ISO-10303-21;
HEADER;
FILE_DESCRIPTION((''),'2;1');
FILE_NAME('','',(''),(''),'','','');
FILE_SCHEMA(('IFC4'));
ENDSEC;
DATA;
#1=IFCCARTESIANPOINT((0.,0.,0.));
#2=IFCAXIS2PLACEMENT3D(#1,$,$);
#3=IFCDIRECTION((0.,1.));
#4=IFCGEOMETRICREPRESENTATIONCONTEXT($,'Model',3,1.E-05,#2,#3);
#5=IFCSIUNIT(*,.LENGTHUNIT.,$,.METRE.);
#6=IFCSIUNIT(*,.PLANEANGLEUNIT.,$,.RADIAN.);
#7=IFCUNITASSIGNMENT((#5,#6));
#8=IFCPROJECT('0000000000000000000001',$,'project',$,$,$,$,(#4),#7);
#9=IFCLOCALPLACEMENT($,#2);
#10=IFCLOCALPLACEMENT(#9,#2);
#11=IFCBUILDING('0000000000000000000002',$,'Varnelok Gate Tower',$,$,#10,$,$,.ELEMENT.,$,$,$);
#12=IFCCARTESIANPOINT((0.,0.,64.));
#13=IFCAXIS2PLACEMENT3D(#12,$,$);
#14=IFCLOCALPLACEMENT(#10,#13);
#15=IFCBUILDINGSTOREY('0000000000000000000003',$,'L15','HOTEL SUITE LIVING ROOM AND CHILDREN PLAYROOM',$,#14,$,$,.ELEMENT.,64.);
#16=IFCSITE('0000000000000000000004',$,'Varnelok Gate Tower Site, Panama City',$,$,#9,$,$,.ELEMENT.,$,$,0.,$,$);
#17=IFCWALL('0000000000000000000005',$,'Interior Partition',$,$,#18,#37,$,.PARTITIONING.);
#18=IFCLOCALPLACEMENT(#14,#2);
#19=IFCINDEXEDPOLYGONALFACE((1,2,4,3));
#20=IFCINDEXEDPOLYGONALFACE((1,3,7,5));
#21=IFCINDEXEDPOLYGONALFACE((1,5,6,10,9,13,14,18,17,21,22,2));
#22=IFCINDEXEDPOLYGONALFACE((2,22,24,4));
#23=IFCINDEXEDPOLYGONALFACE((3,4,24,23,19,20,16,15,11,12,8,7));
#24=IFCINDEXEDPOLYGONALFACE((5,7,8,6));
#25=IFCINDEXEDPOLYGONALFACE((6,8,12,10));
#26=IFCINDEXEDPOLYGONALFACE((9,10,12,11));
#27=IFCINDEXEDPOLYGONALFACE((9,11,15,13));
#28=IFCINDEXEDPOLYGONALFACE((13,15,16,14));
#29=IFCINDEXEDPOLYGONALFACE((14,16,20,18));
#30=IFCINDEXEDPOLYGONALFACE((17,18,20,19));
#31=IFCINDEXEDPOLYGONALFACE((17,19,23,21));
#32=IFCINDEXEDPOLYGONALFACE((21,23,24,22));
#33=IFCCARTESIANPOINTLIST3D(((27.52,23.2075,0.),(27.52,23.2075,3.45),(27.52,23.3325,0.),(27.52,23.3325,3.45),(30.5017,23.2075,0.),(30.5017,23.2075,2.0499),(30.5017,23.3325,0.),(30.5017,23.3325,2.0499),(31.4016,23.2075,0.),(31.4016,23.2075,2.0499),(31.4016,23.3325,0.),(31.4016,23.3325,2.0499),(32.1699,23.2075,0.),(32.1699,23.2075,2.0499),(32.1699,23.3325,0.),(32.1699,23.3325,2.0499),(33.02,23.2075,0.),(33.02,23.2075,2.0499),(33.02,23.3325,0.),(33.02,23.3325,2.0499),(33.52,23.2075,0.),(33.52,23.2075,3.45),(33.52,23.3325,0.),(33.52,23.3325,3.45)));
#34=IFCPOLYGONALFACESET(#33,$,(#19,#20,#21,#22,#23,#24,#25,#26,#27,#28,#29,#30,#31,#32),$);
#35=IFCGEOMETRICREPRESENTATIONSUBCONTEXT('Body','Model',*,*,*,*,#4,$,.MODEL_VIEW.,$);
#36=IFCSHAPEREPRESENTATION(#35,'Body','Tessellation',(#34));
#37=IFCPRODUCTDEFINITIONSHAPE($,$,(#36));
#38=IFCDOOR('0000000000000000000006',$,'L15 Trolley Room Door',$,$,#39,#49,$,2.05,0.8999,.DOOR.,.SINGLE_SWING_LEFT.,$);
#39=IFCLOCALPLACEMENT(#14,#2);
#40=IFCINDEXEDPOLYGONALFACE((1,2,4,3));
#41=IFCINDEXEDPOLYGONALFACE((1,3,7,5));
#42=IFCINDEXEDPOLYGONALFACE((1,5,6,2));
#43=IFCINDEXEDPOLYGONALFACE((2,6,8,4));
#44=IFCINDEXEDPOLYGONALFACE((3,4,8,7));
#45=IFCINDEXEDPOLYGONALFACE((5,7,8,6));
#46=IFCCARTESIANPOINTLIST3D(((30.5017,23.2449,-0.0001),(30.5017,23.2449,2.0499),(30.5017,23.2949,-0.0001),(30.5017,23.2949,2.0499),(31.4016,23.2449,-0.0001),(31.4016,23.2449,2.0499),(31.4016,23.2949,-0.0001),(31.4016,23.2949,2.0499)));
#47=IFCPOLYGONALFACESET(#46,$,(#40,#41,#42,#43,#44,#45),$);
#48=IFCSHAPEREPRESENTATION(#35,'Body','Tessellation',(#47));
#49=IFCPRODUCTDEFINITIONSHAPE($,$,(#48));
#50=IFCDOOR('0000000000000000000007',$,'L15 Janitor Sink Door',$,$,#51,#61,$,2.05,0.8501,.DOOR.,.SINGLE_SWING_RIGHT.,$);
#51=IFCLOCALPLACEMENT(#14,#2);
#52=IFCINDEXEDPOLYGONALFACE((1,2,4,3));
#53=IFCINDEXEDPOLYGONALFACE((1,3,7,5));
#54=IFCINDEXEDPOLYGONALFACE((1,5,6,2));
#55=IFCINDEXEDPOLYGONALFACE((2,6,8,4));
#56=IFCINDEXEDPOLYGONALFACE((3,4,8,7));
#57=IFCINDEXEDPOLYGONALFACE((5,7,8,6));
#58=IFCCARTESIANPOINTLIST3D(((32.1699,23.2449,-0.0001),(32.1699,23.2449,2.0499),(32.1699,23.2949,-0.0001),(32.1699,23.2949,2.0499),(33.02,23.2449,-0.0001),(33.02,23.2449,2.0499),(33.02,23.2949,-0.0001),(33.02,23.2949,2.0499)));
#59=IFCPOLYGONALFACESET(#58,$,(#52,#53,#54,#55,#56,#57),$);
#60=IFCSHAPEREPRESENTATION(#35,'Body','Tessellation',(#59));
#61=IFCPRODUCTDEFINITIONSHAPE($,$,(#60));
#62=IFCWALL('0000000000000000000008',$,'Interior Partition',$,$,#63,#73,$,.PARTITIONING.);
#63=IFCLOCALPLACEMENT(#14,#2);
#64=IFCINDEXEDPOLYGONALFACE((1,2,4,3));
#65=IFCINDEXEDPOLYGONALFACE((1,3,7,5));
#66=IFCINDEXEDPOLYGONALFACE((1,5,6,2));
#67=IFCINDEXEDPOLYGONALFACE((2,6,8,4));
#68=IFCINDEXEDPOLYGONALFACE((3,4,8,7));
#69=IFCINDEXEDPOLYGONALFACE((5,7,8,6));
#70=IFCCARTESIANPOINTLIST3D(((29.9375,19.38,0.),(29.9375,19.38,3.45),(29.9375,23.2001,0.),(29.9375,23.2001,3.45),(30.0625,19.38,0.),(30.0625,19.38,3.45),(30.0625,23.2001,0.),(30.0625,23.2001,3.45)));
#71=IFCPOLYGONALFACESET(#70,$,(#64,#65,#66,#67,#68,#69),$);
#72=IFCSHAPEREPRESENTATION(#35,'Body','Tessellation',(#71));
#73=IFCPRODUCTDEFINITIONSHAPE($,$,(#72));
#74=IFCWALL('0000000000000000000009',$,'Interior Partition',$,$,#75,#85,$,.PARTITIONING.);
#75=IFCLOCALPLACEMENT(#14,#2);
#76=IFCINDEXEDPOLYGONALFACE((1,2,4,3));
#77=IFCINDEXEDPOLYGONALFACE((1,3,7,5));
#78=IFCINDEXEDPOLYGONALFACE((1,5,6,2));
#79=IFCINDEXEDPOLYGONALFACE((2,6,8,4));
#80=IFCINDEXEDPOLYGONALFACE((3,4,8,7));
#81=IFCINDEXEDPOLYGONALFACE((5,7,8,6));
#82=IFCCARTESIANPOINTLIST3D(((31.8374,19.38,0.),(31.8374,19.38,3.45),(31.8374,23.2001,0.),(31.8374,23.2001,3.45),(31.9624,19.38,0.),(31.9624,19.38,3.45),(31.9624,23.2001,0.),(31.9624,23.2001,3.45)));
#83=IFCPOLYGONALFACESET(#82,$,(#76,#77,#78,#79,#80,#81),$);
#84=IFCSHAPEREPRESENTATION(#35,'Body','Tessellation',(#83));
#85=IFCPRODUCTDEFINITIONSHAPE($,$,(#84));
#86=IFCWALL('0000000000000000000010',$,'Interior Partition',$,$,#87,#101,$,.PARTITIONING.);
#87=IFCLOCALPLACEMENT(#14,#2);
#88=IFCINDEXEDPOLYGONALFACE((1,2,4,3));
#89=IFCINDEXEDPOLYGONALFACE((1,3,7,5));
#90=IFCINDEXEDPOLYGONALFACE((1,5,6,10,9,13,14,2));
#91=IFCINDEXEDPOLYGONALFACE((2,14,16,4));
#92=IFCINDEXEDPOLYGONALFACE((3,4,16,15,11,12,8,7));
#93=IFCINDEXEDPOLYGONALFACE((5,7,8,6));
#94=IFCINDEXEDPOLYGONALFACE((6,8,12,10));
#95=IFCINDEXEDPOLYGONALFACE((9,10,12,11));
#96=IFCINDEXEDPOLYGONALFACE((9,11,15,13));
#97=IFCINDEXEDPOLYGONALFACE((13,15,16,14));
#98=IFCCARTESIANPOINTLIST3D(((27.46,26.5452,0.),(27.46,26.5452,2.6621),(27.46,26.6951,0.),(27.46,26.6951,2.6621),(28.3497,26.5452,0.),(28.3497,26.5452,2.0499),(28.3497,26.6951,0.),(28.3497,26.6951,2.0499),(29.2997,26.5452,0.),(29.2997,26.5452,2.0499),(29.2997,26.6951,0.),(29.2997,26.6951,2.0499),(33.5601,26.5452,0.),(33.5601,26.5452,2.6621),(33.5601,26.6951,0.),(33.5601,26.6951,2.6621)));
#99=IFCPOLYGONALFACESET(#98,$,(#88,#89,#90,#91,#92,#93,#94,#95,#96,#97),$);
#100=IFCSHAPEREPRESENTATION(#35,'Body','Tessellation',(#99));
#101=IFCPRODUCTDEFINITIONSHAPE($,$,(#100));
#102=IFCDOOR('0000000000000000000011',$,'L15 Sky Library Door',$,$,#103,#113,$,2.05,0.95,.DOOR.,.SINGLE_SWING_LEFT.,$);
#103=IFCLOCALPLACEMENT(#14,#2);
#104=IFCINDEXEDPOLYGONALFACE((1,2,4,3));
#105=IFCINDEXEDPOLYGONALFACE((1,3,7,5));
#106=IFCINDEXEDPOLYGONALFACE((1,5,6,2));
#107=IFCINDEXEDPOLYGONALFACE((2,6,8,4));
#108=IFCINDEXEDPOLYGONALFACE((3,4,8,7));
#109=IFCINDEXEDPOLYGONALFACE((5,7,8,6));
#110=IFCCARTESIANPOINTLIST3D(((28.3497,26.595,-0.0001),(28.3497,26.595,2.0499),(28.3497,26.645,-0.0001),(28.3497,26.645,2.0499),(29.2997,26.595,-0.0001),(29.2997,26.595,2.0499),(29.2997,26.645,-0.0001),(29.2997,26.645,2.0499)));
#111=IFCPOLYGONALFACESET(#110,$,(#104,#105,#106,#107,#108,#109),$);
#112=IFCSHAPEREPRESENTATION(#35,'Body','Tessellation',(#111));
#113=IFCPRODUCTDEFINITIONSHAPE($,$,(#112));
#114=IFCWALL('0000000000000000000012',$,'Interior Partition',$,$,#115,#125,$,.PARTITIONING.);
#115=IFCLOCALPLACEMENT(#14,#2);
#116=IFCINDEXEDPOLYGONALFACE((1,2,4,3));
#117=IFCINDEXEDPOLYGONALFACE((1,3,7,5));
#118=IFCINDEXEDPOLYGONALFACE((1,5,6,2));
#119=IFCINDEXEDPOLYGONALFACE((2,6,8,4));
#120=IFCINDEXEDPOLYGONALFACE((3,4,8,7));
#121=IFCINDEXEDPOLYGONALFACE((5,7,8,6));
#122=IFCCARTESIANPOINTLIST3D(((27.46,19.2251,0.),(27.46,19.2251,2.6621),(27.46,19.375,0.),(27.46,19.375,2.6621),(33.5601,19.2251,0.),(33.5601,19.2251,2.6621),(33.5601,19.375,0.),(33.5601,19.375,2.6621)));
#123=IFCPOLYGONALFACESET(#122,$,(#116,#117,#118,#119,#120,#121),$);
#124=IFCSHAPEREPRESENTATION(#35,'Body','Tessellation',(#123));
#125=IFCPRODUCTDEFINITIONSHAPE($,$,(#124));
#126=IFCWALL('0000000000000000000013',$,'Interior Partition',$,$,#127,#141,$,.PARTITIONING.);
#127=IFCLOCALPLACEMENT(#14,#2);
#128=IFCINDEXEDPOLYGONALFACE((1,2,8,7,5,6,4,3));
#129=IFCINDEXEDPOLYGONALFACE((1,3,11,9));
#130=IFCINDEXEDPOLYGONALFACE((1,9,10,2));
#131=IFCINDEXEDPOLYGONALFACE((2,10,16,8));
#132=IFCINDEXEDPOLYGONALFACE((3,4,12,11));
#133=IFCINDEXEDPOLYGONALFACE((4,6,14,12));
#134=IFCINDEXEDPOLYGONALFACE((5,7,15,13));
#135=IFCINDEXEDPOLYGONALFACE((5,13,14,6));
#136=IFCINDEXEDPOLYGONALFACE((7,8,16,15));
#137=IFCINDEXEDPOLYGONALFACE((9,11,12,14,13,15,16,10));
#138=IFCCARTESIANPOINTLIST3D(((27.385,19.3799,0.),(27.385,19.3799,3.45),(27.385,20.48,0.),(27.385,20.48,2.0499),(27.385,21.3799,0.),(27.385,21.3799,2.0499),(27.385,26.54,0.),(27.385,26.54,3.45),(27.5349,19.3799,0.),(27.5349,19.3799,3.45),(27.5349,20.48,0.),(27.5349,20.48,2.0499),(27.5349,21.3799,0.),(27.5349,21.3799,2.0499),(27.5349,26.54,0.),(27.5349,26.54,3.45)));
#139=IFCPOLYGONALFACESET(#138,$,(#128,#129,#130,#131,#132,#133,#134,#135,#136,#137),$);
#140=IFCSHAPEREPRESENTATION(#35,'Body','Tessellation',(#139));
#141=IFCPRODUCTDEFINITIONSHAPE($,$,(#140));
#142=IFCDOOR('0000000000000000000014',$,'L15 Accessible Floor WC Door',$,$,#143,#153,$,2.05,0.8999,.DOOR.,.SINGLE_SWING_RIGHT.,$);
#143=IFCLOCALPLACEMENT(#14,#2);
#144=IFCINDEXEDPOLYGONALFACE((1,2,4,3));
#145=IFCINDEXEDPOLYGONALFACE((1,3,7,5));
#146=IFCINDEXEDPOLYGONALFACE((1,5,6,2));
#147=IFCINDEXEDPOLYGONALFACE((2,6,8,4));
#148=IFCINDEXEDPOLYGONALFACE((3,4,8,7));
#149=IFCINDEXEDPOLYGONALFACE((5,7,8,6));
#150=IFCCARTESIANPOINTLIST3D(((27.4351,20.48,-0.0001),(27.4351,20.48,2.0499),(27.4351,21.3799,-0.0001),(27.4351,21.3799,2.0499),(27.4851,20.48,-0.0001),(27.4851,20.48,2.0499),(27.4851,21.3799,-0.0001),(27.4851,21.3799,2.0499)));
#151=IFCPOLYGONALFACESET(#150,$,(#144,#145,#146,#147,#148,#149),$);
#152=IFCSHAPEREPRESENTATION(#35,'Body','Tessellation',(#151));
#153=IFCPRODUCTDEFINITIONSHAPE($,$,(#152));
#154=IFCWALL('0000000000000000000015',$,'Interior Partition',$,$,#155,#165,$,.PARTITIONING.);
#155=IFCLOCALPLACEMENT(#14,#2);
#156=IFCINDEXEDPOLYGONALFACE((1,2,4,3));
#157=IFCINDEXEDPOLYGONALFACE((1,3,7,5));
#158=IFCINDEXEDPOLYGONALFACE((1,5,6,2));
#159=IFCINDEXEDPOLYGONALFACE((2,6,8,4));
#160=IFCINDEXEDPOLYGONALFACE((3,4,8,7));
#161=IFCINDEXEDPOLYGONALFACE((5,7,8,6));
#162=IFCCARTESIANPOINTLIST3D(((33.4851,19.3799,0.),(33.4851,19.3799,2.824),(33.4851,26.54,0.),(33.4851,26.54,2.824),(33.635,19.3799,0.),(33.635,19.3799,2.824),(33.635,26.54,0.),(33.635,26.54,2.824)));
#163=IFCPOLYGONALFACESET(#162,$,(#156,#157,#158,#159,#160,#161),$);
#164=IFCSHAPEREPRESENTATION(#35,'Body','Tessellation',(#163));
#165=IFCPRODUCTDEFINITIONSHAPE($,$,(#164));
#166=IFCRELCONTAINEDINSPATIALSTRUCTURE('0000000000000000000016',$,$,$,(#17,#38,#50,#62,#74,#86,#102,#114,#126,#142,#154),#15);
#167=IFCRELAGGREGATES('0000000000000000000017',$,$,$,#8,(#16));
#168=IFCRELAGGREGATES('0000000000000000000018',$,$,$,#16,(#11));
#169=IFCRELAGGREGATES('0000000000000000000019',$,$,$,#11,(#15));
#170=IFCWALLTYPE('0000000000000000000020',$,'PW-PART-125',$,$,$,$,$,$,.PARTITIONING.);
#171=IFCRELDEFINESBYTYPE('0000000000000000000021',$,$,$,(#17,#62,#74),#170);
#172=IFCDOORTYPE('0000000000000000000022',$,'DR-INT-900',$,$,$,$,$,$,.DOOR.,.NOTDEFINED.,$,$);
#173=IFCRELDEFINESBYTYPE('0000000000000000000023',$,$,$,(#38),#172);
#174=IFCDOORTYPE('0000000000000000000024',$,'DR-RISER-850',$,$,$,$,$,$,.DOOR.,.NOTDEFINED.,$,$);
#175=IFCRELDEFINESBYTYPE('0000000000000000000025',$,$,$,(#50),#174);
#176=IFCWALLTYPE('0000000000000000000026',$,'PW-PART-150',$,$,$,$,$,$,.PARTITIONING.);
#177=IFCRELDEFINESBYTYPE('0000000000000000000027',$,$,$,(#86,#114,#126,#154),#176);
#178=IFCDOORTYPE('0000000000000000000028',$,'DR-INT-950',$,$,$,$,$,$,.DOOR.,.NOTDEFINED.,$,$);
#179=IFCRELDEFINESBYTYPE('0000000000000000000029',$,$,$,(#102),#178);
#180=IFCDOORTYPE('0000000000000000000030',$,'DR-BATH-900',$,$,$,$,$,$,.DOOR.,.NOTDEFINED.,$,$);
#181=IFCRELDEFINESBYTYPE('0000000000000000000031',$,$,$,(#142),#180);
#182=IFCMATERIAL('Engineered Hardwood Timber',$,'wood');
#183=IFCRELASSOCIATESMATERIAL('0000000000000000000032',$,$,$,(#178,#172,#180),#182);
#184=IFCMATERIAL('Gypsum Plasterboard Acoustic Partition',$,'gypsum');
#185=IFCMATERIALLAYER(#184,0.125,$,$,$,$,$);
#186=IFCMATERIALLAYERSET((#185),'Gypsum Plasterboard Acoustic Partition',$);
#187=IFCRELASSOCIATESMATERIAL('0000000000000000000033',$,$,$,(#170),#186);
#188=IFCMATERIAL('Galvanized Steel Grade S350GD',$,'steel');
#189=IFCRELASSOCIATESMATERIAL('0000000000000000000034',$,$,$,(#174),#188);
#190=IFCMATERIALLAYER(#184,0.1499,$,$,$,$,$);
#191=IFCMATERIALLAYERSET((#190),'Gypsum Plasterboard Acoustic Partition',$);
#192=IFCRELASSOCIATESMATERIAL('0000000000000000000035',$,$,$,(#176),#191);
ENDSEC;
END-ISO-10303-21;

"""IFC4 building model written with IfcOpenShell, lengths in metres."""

from ifc_helpers import new_model, si_unit, direction, frame, frame_2d, origin, place, context, subcontext, project, spatial, rectangle, extrude, material, layer, layer_set, type_object, element, fill, save


model = new_model("IFC4")

# Units and contexts
model_context = context("Model", 3, precision=1e-05, world=origin(), true_north=direction((0.0, 1.0)))
body_context = subcontext(model_context, "Body", "Model", "MODEL_VIEW")
ifc_project = project(units=[si_unit("LENGTHUNIT", "METRE"), si_unit("PLANEANGLEUNIT", "RADIAN")], contexts=[model_context])

# Site, building, storey
site_placement = place(None, origin())
site = spatial("IfcSite", under=ifc_project, at=site_placement, Name="Varnelok Gate Tower Site, Panama City", CompositionType="ELEMENT", RefElevation=0.0)
building_placement = place(site_placement, origin())
building = spatial("IfcBuilding", under=site, at=building_placement, Name="Varnelok Gate Tower", CompositionType="ELEMENT")
storey_placement = place(building_placement, frame((0.0, 0.0, 64.0)))
storey = spatial("IfcBuildingStorey", under=building, at=storey_placement, Name="L15", Description="HOTEL SUITE LIVING ROOM AND CHILDREN PLAYROOM", CompositionType="ELEMENT", Elevation=64.0)

# Shared definitions
ifc_material_1 = material(Name="Gypsum Plasterboard Acoustic Partition", Category="gypsum")
ifc_material_2 = material(Name="Engineered Hardwood Timber", Category="wood")
door_type_1 = type_object("IfcDoorType", Name="DR-INT-950", OperationType="NOTDEFINED", PredefinedType="DOOR", material=ifc_material_2)

# Wall, openings, doors
ifc_layer_1 = layer(ifc_material_1, 0.125)
ifc_layer_set_1 = layer_set([ifc_layer_1], Name="Gypsum Plasterboard Acoustic Partition")
wall_type_1 = type_object("IfcWallType", Name="PW-PART-125", PredefinedType="PARTITIONING", material=ifc_layer_set_1)
wall_1_placement = place(storey_placement, frame((27.52, 23.27, 0.0), z_axis=(0.0, 0.0, 1.0), x_axis=(1.0, 0.0, 0.0)))
wall_1 = element("IfcWall", 1, at=wall_1_placement, inside=storey, type_object=wall_type_1, Name="Interior Partition", PredefinedType="PARTITIONING", context=body_context, shape_type="SweptSolid", body=[
    extrude(rectangle(XDim=6.0, YDim=0.125, at=frame_2d((3.0, 0.0))), origin(), (0.0, 0.0, 1.0), 3.45),
])
opening_1_placement = place(wall_1_placement, frame((2.9817, 0.0, 0.0)))
opening_1 = element("IfcOpeningElement", 2, at=opening_1_placement, cuts=wall_1, PredefinedType="OPENING", context=body_context, shape_type="SweptSolid", body=[
    extrude(rectangle(XDim=0.8999, YDim=2.05, at=frame_2d((0.45, 1.0249))), frame((0.0, 0.0725, 0.0), z_axis=(0.0, -1.0, 0.0), x_axis=(1.0, 0.0, 0.0)), (0.0, 0.0, 1.0), 0.145),
])
opening_2_placement = place(wall_1_placement, frame((4.6499, 0.0, 0.0)))
opening_2 = element("IfcOpeningElement", 3, at=opening_2_placement, cuts=wall_1, PredefinedType="OPENING", context=body_context, shape_type="SweptSolid", body=[
    extrude(rectangle(XDim=0.8501, YDim=2.05, at=frame_2d((0.425, 1.0249))), frame((0.0, 0.0725, 0.0), z_axis=(0.0, -1.0, 0.0), x_axis=(1.0, 0.0, 0.0)), (0.0, 0.0, 1.0), 0.145),
])
door_type_2 = type_object("IfcDoorType", Name="DR-INT-900", OperationType="NOTDEFINED", PredefinedType="DOOR", material=ifc_material_2)
door_1_placement = place(opening_1_placement, origin())
door_1 = element("IfcDoor", 4, at=door_1_placement, inside=storey, type_object=door_type_2, Name="L15 Trolley Room Door", OperationType="SINGLE_SWING_LEFT", OverallHeight=2.05, OverallWidth=0.8999, PredefinedType="DOOR", context=body_context, shape_type="SweptSolid", body=[
    extrude(rectangle(XDim=0.8999, YDim=2.05, at=frame_2d((0.45, 1.0249))), frame((0.0, 0.0249, 0.0), z_axis=(0.0, -1.0, 0.0), x_axis=(1.0, 0.0, 0.0)), (0.0, 0.0, 1.0), 0.05),
])
fill(opening_1, door_1)
ifc_material_3 = material(Name="Galvanized Steel Grade S350GD", Category="steel")
door_type_3 = type_object("IfcDoorType", Name="DR-RISER-850", OperationType="NOTDEFINED", PredefinedType="DOOR", material=ifc_material_3)
door_2_placement = place(opening_2_placement, origin())
door_2 = element("IfcDoor", 5, at=door_2_placement, inside=storey, type_object=door_type_3, Name="L15 Janitor Sink Door", OperationType="SINGLE_SWING_RIGHT", OverallHeight=2.05, OverallWidth=0.8501, PredefinedType="DOOR", context=body_context, shape_type="SweptSolid", body=[
    extrude(rectangle(XDim=0.8501, YDim=2.05, at=frame_2d((0.425, 1.0249))), frame((0.0, 0.0249, 0.0), z_axis=(0.0, -1.0, 0.0), x_axis=(1.0, 0.0, 0.0)), (0.0, 0.0, 1.0), 0.05),
])
fill(opening_2, door_2)

# Walls
for number, where, z_axis, x_axis, name in (
    (6, (30.0, 19.3799, 0.0), (0.0, 0.0, 1.0), (0.0, 1.0, 0.0), "Interior Partition"),
    (7, (31.8999, 19.3799, 0.0), (0.0, 0.0, 1.0), (0.0, 1.0, 0.0), "Interior Partition"),
):
    element("IfcWall", number, at=place(storey_placement, frame(where, z_axis=z_axis, x_axis=x_axis)), inside=storey, type_object=wall_type_1, Name=name, PredefinedType="PARTITIONING", context=body_context, shape_type="SweptSolid", body=[
        extrude(rectangle(XDim=3.8201, YDim=0.125, at=frame_2d((1.9102, 0.0))), origin(), (0.0, 0.0, 1.0), 3.45),
    ])

# Wall, opening, door
ifc_layer_2 = layer(ifc_material_1, 0.1499)
ifc_layer_set_2 = layer_set([ifc_layer_2], Name="Gypsum Plasterboard Acoustic Partition")
wall_type_2 = type_object("IfcWallType", Name="PW-PART-150", PredefinedType="PARTITIONING", material=ifc_layer_set_2)
wall_2_placement = place(storey_placement, frame((27.46, 26.6201, 0.0), z_axis=(0.0, 0.0, 1.0), x_axis=(1.0, 0.0, 0.0)))
wall_2 = element("IfcWall", 8, at=wall_2_placement, inside=storey, type_object=wall_type_2, Name="Interior Partition", PredefinedType="PARTITIONING", context=body_context, shape_type="SweptSolid", body=[
    extrude(rectangle(XDim=6.1001, YDim=0.1499, at=frame_2d((3.05, 0.0))), origin(), (0.0, 0.0, 1.0), 2.6621),
])
opening_3_placement = place(wall_2_placement, frame((0.8896, 0.0, 0.0)))
opening_3 = element("IfcOpeningElement", 9, at=opening_3_placement, cuts=wall_2, PredefinedType="OPENING", context=body_context, shape_type="SweptSolid", body=[
    extrude(rectangle(XDim=0.95, YDim=2.05, at=frame_2d((0.4751, 1.0249))), frame((0.0, 0.085, 0.0), z_axis=(0.0, -1.0, 0.0), x_axis=(1.0, 0.0, 0.0)), (0.0, 0.0, 1.0), 0.1699),
])
door_3_placement = place(opening_3_placement, origin())
door_3 = element("IfcDoor", 10, at=door_3_placement, inside=storey, type_object=door_type_1, Name="L15 Sky Library Door", OperationType="SINGLE_SWING_LEFT", OverallHeight=2.05, OverallWidth=0.95, PredefinedType="DOOR", context=body_context, shape_type="SweptSolid", body=[
    extrude(rectangle(XDim=0.95, YDim=2.05, at=frame_2d((0.4751, 1.0249))), frame((0.0, 0.0249, 0.0), z_axis=(0.0, -1.0, 0.0), x_axis=(1.0, 0.0, 0.0)), (0.0, 0.0, 1.0), 0.05),
])
fill(opening_3, door_3)

# Wall
wall_3_placement = place(storey_placement, frame((27.46, 19.3, 0.0), z_axis=(0.0, 0.0, 1.0), x_axis=(1.0, 0.0, 0.0)))
element("IfcWall", 11, at=wall_3_placement, inside=storey, type_object=wall_type_2, Name="Interior Partition", PredefinedType="PARTITIONING", context=body_context, shape_type="SweptSolid", body=[
    extrude(rectangle(XDim=6.1001, YDim=0.1499, at=frame_2d((3.05, 0.0))), origin(), (0.0, 0.0, 1.0), 2.6621),
])

# Wall, opening, door
wall_4_placement = place(storey_placement, frame((27.46, 19.3799, 0.0), z_axis=(0.0, 0.0, 1.0), x_axis=(0.0, 1.0, 0.0)))
wall_4 = element("IfcWall", 12, at=wall_4_placement, inside=storey, type_object=wall_type_2, Name="Interior Partition", PredefinedType="PARTITIONING", context=body_context, shape_type="SweptSolid", body=[
    extrude(rectangle(XDim=7.1602, YDim=0.1499, at=frame_2d((3.5801, 0.0))), origin(), (0.0, 0.0, 1.0), 3.45),
])
opening_4_placement = place(wall_4_placement, frame((1.1001, 0.0, 0.0)))
opening_4 = element("IfcOpeningElement", 13, at=opening_4_placement, cuts=wall_4, PredefinedType="OPENING", context=body_context, shape_type="SweptSolid", body=[
    extrude(rectangle(XDim=0.8999, YDim=2.05, at=frame_2d((0.45, 1.0249))), frame((0.0, 0.085, 0.0), z_axis=(0.0, -1.0, 0.0), x_axis=(1.0, 0.0, 0.0)), (0.0, 0.0, 1.0), 0.1699),
])
door_type_4 = type_object("IfcDoorType", Name="DR-BATH-900", OperationType="NOTDEFINED", PredefinedType="DOOR", material=ifc_material_2)
door_4_placement = place(opening_4_placement, origin())
door_4 = element("IfcDoor", 14, at=door_4_placement, inside=storey, type_object=door_type_4, Name="L15 Accessible Floor WC Door", OperationType="SINGLE_SWING_RIGHT", OverallHeight=2.05, OverallWidth=0.8999, PredefinedType="DOOR", context=body_context, shape_type="SweptSolid", body=[
    extrude(rectangle(XDim=0.8999, YDim=2.05, at=frame_2d((0.45, 1.0249))), frame((0.0, 0.0249, 0.0), z_axis=(0.0, -1.0, 0.0), x_axis=(1.0, 0.0, 0.0)), (0.0, 0.0, 1.0), 0.05),
])
fill(opening_4, door_4)

# Wall
wall_5_placement = place(storey_placement, frame((33.5601, 19.3799, 0.0), z_axis=(0.0, 0.0, 1.0), x_axis=(0.0, 1.0, 0.0)))
element("IfcWall", 15, at=wall_5_placement, inside=storey, type_object=wall_type_2, Name="Interior Partition", PredefinedType="PARTITIONING", context=body_context, shape_type="SweptSolid", body=[
    extrude(rectangle(XDim=7.1602, YDim=0.1499, at=frame_2d((3.5801, 0.0))), origin(), (0.0, 0.0, 1.0), 2.824),
])

save(model, "model.ifc")
